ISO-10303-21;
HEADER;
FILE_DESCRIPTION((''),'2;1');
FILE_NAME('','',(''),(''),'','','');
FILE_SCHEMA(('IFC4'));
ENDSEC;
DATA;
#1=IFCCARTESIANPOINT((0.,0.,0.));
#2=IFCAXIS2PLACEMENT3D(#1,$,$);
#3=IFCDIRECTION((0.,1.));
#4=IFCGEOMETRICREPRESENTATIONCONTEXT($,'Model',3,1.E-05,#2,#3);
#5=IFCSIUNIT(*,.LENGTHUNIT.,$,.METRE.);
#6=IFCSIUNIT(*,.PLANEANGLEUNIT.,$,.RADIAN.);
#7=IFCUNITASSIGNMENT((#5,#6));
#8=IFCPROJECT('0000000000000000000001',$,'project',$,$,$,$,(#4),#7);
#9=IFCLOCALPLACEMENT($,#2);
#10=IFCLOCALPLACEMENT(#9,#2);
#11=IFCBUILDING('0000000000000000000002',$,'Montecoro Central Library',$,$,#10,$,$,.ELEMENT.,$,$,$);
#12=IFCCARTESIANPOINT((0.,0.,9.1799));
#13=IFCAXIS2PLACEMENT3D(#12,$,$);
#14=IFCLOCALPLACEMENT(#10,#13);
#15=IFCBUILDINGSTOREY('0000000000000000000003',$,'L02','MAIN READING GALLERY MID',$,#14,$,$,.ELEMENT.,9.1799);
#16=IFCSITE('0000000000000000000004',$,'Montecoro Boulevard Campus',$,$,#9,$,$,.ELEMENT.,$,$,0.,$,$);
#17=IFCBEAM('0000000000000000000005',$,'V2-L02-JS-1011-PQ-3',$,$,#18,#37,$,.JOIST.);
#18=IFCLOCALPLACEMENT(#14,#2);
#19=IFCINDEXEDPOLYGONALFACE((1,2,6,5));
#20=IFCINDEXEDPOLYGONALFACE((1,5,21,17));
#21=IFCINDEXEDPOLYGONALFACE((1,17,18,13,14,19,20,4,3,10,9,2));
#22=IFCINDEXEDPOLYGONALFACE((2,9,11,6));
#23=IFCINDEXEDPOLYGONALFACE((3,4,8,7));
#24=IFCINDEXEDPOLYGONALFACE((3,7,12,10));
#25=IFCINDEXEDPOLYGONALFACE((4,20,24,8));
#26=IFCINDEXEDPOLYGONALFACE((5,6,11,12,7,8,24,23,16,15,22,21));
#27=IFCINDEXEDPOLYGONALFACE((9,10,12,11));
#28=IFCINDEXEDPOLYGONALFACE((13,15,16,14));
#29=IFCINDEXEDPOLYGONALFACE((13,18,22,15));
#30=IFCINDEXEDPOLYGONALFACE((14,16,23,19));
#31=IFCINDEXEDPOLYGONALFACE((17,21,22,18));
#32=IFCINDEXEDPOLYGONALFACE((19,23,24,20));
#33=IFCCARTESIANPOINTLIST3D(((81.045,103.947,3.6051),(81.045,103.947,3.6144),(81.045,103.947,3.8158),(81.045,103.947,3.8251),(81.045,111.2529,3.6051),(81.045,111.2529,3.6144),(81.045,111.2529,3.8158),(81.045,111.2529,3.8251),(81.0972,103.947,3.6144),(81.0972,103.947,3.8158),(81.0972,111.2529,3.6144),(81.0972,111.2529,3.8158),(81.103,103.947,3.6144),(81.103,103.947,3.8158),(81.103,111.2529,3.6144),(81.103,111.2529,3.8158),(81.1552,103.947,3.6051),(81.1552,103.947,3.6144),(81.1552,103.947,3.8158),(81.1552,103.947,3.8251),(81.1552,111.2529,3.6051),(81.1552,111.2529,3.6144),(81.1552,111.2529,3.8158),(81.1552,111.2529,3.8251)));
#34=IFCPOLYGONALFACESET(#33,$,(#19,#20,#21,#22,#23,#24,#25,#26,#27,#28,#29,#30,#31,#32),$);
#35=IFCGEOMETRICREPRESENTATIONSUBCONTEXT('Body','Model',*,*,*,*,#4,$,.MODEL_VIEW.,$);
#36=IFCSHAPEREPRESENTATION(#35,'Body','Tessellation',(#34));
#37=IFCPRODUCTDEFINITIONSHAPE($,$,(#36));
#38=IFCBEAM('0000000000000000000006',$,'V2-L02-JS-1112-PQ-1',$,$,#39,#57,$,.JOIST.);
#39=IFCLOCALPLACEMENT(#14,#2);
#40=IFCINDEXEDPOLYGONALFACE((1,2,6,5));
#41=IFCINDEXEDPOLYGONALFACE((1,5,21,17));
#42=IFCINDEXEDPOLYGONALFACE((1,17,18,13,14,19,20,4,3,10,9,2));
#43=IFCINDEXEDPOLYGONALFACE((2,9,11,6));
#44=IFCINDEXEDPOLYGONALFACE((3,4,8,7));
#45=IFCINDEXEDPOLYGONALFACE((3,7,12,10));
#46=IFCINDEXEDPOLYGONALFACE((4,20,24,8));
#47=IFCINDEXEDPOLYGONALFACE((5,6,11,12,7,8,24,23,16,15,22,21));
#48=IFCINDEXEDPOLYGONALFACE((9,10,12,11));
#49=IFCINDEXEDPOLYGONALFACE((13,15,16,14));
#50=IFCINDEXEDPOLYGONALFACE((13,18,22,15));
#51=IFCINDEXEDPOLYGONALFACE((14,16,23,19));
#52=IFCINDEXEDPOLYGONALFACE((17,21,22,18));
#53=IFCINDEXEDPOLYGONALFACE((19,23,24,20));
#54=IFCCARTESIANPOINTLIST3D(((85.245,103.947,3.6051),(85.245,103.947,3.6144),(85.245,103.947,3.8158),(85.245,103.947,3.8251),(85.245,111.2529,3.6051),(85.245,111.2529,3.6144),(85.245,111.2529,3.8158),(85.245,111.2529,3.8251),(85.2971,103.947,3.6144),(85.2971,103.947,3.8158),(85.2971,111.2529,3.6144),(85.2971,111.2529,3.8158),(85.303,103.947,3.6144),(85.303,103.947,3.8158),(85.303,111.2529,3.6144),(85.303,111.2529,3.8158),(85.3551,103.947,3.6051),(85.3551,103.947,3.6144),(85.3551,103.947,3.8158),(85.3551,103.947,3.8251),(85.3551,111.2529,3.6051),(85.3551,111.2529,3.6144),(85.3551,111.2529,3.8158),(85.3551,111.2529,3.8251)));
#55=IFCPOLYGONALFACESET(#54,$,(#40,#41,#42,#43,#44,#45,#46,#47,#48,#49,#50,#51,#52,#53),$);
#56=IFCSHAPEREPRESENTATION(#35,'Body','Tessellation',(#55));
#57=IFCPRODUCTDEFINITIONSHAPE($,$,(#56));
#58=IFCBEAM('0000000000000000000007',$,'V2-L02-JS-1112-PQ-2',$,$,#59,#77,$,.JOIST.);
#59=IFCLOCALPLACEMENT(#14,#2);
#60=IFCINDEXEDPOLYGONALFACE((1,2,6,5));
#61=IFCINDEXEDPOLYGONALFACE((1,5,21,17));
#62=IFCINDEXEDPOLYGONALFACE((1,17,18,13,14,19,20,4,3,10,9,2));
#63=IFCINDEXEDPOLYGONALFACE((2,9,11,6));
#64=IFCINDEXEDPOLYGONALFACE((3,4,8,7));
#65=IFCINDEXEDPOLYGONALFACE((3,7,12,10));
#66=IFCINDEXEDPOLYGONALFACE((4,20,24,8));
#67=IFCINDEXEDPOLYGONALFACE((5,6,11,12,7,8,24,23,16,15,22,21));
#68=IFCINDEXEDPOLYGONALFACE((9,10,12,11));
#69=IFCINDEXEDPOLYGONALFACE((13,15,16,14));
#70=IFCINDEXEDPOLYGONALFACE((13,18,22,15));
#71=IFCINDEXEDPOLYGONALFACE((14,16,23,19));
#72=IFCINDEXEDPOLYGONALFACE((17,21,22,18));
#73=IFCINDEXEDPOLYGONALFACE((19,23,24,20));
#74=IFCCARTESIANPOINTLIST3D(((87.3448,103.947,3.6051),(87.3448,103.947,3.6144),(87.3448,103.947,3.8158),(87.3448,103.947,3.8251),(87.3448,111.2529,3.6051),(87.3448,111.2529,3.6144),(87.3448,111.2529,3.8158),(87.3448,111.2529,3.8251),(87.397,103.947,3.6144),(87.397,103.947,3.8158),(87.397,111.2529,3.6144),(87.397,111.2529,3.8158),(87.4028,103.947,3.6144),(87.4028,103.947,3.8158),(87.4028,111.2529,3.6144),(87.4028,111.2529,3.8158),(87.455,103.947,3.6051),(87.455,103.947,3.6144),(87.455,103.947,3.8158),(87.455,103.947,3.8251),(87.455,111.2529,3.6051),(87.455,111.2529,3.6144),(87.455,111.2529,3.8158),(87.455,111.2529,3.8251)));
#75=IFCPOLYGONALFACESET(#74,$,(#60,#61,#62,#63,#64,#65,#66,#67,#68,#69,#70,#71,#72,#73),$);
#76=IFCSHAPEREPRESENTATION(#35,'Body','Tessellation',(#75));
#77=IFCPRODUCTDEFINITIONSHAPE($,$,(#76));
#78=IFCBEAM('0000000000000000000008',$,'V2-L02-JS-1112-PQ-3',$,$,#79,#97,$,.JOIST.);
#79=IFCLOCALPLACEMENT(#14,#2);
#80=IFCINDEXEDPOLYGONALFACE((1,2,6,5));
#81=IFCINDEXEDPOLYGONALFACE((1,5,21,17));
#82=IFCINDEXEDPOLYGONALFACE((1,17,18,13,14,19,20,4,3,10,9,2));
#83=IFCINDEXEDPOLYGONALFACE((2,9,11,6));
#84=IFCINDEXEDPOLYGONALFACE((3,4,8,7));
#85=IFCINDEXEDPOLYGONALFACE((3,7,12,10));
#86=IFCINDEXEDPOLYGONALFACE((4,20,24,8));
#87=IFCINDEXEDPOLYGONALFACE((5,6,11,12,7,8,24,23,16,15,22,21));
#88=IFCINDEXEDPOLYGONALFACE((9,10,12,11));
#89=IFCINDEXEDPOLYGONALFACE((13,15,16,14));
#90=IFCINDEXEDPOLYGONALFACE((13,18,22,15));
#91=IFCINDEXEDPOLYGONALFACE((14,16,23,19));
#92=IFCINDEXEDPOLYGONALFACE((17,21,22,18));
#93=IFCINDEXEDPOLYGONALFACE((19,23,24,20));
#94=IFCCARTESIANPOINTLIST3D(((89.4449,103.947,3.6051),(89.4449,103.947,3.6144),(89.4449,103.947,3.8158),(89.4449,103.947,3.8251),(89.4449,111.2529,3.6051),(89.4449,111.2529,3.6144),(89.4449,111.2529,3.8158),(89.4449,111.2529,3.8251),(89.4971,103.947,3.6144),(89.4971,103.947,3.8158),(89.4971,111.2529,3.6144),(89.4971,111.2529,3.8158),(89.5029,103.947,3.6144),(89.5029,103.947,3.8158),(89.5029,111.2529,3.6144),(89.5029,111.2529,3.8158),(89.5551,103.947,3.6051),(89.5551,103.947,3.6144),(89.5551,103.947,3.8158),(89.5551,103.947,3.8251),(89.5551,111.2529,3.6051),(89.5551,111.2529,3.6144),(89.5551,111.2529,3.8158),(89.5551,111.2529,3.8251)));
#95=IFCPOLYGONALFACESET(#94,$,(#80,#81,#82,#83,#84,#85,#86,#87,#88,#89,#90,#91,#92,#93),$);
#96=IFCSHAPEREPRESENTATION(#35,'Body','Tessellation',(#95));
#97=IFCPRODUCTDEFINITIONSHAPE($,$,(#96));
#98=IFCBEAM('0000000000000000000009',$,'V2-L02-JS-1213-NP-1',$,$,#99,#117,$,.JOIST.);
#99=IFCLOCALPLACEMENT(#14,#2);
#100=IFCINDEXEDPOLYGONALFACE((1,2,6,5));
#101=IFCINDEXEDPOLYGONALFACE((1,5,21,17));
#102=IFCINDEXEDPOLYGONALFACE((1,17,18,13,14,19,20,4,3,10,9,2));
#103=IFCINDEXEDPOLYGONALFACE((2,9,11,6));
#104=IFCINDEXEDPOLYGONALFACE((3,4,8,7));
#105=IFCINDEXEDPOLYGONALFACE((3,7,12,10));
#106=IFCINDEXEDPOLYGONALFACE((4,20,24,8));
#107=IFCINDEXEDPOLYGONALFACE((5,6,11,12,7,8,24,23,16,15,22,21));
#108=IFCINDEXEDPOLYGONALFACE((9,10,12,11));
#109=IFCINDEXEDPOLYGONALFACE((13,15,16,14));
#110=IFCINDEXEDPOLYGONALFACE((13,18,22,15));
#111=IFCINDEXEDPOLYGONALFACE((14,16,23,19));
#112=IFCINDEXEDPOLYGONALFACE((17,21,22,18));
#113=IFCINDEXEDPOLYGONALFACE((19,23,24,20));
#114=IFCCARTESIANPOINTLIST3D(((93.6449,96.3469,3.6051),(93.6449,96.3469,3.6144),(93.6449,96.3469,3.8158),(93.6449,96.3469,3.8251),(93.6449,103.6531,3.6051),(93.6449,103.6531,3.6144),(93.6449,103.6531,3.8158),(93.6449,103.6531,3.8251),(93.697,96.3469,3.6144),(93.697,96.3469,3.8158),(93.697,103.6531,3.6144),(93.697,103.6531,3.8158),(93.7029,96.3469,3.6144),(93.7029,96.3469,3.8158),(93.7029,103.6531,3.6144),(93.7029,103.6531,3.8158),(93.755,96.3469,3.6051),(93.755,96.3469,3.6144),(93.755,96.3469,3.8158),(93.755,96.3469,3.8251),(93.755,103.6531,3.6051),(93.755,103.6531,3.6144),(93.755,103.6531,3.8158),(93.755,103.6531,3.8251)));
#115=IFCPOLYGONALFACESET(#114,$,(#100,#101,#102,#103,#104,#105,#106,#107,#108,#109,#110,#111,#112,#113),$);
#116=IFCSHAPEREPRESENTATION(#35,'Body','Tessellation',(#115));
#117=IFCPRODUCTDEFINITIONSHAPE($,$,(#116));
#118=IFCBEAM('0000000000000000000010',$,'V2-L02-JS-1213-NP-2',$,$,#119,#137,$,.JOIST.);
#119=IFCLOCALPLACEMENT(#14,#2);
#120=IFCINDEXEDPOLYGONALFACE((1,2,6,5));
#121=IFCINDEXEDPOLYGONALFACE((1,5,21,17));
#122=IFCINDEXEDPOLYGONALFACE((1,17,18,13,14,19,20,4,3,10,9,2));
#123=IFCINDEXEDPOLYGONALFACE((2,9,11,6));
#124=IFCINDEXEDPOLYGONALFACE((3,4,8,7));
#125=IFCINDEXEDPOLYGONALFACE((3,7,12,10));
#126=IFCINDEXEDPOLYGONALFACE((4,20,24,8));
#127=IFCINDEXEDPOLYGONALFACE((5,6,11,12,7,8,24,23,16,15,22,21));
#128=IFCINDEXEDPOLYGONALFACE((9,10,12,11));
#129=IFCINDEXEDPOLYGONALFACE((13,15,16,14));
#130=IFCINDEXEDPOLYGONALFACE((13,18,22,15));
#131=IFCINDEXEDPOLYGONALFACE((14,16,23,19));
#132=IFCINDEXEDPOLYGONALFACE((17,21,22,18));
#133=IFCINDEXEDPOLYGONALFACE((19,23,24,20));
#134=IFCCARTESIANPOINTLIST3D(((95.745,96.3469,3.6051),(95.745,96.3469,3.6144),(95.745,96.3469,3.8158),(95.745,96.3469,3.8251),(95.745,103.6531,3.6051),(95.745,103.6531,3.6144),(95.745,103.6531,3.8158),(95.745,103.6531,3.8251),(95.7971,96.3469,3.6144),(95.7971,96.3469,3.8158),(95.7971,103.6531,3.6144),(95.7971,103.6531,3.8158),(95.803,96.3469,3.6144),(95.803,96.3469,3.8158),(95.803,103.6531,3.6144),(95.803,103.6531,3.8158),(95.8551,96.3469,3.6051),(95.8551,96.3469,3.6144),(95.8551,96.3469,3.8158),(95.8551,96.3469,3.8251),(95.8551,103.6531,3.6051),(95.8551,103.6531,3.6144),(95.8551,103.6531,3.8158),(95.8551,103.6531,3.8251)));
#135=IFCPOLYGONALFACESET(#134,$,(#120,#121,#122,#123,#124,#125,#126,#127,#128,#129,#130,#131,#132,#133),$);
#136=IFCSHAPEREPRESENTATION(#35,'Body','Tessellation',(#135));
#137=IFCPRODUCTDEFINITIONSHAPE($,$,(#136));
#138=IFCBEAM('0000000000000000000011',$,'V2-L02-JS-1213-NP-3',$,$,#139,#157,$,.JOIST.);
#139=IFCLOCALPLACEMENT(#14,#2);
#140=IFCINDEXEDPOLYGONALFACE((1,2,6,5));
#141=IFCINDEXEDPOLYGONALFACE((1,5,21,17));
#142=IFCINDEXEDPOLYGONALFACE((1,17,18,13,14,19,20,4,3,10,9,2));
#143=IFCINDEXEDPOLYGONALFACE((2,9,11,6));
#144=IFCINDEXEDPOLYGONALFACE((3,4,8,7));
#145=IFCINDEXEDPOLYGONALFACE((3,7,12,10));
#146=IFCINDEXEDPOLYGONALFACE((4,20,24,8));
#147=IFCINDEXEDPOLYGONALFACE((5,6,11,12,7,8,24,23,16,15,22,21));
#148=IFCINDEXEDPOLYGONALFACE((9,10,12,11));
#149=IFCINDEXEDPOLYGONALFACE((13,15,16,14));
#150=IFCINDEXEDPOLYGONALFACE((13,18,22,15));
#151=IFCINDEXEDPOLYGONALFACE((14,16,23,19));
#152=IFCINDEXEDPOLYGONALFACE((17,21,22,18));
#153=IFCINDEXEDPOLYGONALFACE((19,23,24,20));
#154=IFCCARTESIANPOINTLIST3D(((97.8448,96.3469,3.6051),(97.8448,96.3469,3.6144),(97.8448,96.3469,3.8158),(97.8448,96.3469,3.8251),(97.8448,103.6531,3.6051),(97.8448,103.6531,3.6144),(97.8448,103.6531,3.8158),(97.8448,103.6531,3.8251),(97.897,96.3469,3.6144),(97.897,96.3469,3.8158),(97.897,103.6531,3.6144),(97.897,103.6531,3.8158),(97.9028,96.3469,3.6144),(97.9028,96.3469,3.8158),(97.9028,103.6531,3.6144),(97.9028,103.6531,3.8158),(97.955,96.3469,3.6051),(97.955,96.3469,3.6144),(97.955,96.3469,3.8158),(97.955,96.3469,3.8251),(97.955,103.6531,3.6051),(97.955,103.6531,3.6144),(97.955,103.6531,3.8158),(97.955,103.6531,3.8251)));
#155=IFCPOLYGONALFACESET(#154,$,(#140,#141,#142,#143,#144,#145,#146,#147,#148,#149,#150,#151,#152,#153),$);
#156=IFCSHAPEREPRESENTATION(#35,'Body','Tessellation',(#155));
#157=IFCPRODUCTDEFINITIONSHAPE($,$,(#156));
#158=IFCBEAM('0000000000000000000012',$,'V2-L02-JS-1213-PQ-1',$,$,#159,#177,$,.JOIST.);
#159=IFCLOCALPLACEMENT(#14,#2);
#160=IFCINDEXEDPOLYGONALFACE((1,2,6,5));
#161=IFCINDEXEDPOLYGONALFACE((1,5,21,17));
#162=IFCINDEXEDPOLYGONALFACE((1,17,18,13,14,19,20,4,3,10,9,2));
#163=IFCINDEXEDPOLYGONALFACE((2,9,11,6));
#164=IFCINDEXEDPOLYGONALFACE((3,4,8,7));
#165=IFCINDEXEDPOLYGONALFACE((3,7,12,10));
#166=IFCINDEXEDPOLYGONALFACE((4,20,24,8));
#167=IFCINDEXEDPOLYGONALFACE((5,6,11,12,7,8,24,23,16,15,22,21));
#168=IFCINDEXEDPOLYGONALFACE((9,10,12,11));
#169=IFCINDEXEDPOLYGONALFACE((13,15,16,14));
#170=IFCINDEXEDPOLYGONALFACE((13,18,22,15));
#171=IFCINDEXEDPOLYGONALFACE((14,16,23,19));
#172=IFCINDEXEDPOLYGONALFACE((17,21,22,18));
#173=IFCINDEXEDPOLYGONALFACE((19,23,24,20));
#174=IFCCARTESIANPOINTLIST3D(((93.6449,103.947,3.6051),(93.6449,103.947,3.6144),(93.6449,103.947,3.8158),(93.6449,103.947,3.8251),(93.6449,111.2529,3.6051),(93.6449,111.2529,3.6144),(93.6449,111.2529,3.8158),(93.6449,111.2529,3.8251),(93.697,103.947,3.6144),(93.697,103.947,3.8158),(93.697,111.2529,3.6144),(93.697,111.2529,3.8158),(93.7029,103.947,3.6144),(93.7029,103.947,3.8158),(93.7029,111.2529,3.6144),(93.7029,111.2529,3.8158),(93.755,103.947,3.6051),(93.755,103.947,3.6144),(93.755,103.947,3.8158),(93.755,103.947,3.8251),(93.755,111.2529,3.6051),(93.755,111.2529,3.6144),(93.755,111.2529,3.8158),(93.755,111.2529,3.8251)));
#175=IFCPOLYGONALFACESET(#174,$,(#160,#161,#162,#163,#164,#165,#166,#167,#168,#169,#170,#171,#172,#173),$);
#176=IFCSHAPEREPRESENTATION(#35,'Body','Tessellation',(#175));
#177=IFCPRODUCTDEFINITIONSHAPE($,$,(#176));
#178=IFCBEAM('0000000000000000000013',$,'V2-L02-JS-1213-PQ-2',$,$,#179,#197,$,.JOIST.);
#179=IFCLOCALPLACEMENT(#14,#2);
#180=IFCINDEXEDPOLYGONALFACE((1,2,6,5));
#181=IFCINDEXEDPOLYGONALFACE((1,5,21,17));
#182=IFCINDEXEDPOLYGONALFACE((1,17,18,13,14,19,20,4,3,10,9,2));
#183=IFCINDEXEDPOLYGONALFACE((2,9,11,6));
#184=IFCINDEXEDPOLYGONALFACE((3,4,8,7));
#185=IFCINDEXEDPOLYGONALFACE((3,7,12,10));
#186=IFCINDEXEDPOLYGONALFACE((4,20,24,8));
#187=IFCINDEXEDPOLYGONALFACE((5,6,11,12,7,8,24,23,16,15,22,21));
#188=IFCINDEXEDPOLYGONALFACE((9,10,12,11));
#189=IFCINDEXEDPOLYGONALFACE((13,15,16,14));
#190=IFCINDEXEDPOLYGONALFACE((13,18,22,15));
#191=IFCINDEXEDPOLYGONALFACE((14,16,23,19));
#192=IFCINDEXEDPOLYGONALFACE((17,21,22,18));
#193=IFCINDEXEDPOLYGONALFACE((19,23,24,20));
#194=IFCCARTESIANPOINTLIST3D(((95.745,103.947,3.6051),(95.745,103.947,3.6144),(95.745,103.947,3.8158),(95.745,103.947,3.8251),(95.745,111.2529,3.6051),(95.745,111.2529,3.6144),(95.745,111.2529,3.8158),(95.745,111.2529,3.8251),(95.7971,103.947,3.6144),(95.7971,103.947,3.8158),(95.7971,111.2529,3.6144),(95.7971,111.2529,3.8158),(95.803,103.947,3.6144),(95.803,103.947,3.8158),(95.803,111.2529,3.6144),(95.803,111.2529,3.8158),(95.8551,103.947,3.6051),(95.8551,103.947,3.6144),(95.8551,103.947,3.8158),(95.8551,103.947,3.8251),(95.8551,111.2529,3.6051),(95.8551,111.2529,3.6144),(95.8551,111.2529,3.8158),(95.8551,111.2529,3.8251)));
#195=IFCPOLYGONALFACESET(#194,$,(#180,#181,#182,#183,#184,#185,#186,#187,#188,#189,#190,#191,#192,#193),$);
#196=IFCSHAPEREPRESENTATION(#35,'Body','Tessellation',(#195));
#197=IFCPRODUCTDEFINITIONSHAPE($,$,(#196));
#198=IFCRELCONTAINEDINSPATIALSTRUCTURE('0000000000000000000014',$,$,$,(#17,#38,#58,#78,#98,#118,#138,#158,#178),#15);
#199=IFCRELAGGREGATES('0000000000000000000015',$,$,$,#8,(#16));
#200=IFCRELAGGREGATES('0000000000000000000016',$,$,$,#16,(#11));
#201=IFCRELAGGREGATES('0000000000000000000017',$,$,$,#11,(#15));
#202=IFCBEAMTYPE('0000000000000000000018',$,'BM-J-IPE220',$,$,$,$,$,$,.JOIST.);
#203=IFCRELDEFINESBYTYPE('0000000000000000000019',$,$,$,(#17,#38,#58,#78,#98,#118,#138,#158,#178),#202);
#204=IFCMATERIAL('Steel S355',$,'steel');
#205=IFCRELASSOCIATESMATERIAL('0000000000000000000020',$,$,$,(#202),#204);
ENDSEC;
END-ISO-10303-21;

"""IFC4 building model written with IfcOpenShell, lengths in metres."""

from ifc_helpers import new_model, si_unit, direction, frame, origin, origin_2d, place, context, subcontext, project, spatial, i_section, extrude, material, material_profile, profile_set, type_object, element, save


model = new_model("IFC4")

# Units and contexts
model_context = context("Model", 3, precision=1e-05, world=origin(), true_north=direction((0.0, 1.0)))
body_context = subcontext(model_context, "Body", "Model", "MODEL_VIEW")
ifc_project = project(units=[si_unit("LENGTHUNIT", "METRE"), si_unit("PLANEANGLEUNIT", "RADIAN")], contexts=[model_context])

# Site, building, storey
site_placement = place(None, origin())
site = spatial("IfcSite", under=ifc_project, at=site_placement, Name="Montecoro Boulevard Campus", CompositionType="ELEMENT", RefElevation=0.0)
building_placement = place(site_placement, origin())
building = spatial("IfcBuilding", under=site, at=building_placement, Name="Montecoro Central Library", CompositionType="ELEMENT")
storey_placement = place(building_placement, frame((0.0, 0.0, 9.1799)))
storey = spatial("IfcBuildingStorey", under=building, at=storey_placement, Name="L02", Description="MAIN READING GALLERY MID", CompositionType="ELEMENT", Elevation=9.1799)

# Shared definitions
ifc_material_1 = material(Name="Steel S355", Category="steel")

# Beams
ifc_material_profile_1 = material_profile(ifc_material_1, i_section(OverallWidth=0.1101, OverallDepth=0.22, WebThickness=0.0059, FlangeThickness=0.0093, at=origin_2d()), Name="IPE 220")
ifc_profile_set_1 = profile_set([ifc_material_profile_1], Name="Steel S355")
beam_type_1 = type_object("IfcBeamType", Name="BM-J-IPE220", PredefinedType="JOIST", material=ifc_profile_set_1)
for number, where, z_axis, x_axis, name in (
    (1, (81.1001, 103.947, 3.7151), (0.0, 1.0, 0.0), (-1.0, 0.0, 0.0), "V2-L02-JS-1011-PQ-3"),
    (2, (85.3, 103.947, 3.7151), (0.0, 1.0, 0.0), (-1.0, 0.0, 0.0), "V2-L02-JS-1112-PQ-1"),
    (3, (87.3999, 103.947, 3.7151), (0.0, 1.0, 0.0), (-1.0, 0.0, 0.0), "V2-L02-JS-1112-PQ-2"),
    (4, (89.5, 103.947, 3.7151), (0.0, 1.0, 0.0), (-1.0, 0.0, 0.0), "V2-L02-JS-1112-PQ-3"),
):
    element("IfcBeam", number, at=place(storey_placement, frame(where, z_axis=z_axis, x_axis=x_axis)), inside=storey, type_object=beam_type_1, Name=name, PredefinedType="JOIST", context=body_context, shape_type="SweptSolid", body=[
        extrude(i_section(OverallWidth=0.1101, OverallDepth=0.22, WebThickness=0.0059, FlangeThickness=0.0093, at=origin_2d()), origin(), (0.0, 0.0, 1.0), 7.3059),
    ])
for number, where, z_axis, x_axis, name in (
    (5, (93.7, 96.3469, 3.7151), (0.0, 1.0, 0.0), (-1.0, 0.0, 0.0), "V2-L02-JS-1213-NP-1"),
    (6, (95.8, 96.3469, 3.7151), (0.0, 1.0, 0.0), (-1.0, 0.0, 0.0), "V2-L02-JS-1213-NP-2"),
    (7, (97.8999, 96.3469, 3.7151), (0.0, 1.0, 0.0), (-1.0, 0.0, 0.0), "V2-L02-JS-1213-NP-3"),
):
    element("IfcBeam", number, at=place(storey_placement, frame(where, z_axis=z_axis, x_axis=x_axis)), inside=storey, type_object=beam_type_1, Name=name, PredefinedType="JOIST", context=body_context, shape_type="SweptSolid", body=[
        extrude(i_section(OverallWidth=0.1101, OverallDepth=0.22, WebThickness=0.0059, FlangeThickness=0.0093, at=origin_2d()), origin(), (0.0, 0.0, 1.0), 7.3062),
    ])
for number, where, z_axis, x_axis, name in (
    (8, (93.7, 103.947, 3.7151), (0.0, 1.0, 0.0), (-1.0, 0.0, 0.0), "V2-L02-JS-1213-PQ-1"),
    (9, (95.8, 103.947, 3.7151), (0.0, 1.0, 0.0), (-1.0, 0.0, 0.0), "V2-L02-JS-1213-PQ-2"),
):
    element("IfcBeam", number, at=place(storey_placement, frame(where, z_axis=z_axis, x_axis=x_axis)), inside=storey, type_object=beam_type_1, Name=name, PredefinedType="JOIST", context=body_context, shape_type="SweptSolid", body=[
        extrude(i_section(OverallWidth=0.1101, OverallDepth=0.22, WebThickness=0.0059, FlangeThickness=0.0093, at=origin_2d()), origin(), (0.0, 0.0, 1.0), 7.3059),
    ])

save(model, "model.ifc")
